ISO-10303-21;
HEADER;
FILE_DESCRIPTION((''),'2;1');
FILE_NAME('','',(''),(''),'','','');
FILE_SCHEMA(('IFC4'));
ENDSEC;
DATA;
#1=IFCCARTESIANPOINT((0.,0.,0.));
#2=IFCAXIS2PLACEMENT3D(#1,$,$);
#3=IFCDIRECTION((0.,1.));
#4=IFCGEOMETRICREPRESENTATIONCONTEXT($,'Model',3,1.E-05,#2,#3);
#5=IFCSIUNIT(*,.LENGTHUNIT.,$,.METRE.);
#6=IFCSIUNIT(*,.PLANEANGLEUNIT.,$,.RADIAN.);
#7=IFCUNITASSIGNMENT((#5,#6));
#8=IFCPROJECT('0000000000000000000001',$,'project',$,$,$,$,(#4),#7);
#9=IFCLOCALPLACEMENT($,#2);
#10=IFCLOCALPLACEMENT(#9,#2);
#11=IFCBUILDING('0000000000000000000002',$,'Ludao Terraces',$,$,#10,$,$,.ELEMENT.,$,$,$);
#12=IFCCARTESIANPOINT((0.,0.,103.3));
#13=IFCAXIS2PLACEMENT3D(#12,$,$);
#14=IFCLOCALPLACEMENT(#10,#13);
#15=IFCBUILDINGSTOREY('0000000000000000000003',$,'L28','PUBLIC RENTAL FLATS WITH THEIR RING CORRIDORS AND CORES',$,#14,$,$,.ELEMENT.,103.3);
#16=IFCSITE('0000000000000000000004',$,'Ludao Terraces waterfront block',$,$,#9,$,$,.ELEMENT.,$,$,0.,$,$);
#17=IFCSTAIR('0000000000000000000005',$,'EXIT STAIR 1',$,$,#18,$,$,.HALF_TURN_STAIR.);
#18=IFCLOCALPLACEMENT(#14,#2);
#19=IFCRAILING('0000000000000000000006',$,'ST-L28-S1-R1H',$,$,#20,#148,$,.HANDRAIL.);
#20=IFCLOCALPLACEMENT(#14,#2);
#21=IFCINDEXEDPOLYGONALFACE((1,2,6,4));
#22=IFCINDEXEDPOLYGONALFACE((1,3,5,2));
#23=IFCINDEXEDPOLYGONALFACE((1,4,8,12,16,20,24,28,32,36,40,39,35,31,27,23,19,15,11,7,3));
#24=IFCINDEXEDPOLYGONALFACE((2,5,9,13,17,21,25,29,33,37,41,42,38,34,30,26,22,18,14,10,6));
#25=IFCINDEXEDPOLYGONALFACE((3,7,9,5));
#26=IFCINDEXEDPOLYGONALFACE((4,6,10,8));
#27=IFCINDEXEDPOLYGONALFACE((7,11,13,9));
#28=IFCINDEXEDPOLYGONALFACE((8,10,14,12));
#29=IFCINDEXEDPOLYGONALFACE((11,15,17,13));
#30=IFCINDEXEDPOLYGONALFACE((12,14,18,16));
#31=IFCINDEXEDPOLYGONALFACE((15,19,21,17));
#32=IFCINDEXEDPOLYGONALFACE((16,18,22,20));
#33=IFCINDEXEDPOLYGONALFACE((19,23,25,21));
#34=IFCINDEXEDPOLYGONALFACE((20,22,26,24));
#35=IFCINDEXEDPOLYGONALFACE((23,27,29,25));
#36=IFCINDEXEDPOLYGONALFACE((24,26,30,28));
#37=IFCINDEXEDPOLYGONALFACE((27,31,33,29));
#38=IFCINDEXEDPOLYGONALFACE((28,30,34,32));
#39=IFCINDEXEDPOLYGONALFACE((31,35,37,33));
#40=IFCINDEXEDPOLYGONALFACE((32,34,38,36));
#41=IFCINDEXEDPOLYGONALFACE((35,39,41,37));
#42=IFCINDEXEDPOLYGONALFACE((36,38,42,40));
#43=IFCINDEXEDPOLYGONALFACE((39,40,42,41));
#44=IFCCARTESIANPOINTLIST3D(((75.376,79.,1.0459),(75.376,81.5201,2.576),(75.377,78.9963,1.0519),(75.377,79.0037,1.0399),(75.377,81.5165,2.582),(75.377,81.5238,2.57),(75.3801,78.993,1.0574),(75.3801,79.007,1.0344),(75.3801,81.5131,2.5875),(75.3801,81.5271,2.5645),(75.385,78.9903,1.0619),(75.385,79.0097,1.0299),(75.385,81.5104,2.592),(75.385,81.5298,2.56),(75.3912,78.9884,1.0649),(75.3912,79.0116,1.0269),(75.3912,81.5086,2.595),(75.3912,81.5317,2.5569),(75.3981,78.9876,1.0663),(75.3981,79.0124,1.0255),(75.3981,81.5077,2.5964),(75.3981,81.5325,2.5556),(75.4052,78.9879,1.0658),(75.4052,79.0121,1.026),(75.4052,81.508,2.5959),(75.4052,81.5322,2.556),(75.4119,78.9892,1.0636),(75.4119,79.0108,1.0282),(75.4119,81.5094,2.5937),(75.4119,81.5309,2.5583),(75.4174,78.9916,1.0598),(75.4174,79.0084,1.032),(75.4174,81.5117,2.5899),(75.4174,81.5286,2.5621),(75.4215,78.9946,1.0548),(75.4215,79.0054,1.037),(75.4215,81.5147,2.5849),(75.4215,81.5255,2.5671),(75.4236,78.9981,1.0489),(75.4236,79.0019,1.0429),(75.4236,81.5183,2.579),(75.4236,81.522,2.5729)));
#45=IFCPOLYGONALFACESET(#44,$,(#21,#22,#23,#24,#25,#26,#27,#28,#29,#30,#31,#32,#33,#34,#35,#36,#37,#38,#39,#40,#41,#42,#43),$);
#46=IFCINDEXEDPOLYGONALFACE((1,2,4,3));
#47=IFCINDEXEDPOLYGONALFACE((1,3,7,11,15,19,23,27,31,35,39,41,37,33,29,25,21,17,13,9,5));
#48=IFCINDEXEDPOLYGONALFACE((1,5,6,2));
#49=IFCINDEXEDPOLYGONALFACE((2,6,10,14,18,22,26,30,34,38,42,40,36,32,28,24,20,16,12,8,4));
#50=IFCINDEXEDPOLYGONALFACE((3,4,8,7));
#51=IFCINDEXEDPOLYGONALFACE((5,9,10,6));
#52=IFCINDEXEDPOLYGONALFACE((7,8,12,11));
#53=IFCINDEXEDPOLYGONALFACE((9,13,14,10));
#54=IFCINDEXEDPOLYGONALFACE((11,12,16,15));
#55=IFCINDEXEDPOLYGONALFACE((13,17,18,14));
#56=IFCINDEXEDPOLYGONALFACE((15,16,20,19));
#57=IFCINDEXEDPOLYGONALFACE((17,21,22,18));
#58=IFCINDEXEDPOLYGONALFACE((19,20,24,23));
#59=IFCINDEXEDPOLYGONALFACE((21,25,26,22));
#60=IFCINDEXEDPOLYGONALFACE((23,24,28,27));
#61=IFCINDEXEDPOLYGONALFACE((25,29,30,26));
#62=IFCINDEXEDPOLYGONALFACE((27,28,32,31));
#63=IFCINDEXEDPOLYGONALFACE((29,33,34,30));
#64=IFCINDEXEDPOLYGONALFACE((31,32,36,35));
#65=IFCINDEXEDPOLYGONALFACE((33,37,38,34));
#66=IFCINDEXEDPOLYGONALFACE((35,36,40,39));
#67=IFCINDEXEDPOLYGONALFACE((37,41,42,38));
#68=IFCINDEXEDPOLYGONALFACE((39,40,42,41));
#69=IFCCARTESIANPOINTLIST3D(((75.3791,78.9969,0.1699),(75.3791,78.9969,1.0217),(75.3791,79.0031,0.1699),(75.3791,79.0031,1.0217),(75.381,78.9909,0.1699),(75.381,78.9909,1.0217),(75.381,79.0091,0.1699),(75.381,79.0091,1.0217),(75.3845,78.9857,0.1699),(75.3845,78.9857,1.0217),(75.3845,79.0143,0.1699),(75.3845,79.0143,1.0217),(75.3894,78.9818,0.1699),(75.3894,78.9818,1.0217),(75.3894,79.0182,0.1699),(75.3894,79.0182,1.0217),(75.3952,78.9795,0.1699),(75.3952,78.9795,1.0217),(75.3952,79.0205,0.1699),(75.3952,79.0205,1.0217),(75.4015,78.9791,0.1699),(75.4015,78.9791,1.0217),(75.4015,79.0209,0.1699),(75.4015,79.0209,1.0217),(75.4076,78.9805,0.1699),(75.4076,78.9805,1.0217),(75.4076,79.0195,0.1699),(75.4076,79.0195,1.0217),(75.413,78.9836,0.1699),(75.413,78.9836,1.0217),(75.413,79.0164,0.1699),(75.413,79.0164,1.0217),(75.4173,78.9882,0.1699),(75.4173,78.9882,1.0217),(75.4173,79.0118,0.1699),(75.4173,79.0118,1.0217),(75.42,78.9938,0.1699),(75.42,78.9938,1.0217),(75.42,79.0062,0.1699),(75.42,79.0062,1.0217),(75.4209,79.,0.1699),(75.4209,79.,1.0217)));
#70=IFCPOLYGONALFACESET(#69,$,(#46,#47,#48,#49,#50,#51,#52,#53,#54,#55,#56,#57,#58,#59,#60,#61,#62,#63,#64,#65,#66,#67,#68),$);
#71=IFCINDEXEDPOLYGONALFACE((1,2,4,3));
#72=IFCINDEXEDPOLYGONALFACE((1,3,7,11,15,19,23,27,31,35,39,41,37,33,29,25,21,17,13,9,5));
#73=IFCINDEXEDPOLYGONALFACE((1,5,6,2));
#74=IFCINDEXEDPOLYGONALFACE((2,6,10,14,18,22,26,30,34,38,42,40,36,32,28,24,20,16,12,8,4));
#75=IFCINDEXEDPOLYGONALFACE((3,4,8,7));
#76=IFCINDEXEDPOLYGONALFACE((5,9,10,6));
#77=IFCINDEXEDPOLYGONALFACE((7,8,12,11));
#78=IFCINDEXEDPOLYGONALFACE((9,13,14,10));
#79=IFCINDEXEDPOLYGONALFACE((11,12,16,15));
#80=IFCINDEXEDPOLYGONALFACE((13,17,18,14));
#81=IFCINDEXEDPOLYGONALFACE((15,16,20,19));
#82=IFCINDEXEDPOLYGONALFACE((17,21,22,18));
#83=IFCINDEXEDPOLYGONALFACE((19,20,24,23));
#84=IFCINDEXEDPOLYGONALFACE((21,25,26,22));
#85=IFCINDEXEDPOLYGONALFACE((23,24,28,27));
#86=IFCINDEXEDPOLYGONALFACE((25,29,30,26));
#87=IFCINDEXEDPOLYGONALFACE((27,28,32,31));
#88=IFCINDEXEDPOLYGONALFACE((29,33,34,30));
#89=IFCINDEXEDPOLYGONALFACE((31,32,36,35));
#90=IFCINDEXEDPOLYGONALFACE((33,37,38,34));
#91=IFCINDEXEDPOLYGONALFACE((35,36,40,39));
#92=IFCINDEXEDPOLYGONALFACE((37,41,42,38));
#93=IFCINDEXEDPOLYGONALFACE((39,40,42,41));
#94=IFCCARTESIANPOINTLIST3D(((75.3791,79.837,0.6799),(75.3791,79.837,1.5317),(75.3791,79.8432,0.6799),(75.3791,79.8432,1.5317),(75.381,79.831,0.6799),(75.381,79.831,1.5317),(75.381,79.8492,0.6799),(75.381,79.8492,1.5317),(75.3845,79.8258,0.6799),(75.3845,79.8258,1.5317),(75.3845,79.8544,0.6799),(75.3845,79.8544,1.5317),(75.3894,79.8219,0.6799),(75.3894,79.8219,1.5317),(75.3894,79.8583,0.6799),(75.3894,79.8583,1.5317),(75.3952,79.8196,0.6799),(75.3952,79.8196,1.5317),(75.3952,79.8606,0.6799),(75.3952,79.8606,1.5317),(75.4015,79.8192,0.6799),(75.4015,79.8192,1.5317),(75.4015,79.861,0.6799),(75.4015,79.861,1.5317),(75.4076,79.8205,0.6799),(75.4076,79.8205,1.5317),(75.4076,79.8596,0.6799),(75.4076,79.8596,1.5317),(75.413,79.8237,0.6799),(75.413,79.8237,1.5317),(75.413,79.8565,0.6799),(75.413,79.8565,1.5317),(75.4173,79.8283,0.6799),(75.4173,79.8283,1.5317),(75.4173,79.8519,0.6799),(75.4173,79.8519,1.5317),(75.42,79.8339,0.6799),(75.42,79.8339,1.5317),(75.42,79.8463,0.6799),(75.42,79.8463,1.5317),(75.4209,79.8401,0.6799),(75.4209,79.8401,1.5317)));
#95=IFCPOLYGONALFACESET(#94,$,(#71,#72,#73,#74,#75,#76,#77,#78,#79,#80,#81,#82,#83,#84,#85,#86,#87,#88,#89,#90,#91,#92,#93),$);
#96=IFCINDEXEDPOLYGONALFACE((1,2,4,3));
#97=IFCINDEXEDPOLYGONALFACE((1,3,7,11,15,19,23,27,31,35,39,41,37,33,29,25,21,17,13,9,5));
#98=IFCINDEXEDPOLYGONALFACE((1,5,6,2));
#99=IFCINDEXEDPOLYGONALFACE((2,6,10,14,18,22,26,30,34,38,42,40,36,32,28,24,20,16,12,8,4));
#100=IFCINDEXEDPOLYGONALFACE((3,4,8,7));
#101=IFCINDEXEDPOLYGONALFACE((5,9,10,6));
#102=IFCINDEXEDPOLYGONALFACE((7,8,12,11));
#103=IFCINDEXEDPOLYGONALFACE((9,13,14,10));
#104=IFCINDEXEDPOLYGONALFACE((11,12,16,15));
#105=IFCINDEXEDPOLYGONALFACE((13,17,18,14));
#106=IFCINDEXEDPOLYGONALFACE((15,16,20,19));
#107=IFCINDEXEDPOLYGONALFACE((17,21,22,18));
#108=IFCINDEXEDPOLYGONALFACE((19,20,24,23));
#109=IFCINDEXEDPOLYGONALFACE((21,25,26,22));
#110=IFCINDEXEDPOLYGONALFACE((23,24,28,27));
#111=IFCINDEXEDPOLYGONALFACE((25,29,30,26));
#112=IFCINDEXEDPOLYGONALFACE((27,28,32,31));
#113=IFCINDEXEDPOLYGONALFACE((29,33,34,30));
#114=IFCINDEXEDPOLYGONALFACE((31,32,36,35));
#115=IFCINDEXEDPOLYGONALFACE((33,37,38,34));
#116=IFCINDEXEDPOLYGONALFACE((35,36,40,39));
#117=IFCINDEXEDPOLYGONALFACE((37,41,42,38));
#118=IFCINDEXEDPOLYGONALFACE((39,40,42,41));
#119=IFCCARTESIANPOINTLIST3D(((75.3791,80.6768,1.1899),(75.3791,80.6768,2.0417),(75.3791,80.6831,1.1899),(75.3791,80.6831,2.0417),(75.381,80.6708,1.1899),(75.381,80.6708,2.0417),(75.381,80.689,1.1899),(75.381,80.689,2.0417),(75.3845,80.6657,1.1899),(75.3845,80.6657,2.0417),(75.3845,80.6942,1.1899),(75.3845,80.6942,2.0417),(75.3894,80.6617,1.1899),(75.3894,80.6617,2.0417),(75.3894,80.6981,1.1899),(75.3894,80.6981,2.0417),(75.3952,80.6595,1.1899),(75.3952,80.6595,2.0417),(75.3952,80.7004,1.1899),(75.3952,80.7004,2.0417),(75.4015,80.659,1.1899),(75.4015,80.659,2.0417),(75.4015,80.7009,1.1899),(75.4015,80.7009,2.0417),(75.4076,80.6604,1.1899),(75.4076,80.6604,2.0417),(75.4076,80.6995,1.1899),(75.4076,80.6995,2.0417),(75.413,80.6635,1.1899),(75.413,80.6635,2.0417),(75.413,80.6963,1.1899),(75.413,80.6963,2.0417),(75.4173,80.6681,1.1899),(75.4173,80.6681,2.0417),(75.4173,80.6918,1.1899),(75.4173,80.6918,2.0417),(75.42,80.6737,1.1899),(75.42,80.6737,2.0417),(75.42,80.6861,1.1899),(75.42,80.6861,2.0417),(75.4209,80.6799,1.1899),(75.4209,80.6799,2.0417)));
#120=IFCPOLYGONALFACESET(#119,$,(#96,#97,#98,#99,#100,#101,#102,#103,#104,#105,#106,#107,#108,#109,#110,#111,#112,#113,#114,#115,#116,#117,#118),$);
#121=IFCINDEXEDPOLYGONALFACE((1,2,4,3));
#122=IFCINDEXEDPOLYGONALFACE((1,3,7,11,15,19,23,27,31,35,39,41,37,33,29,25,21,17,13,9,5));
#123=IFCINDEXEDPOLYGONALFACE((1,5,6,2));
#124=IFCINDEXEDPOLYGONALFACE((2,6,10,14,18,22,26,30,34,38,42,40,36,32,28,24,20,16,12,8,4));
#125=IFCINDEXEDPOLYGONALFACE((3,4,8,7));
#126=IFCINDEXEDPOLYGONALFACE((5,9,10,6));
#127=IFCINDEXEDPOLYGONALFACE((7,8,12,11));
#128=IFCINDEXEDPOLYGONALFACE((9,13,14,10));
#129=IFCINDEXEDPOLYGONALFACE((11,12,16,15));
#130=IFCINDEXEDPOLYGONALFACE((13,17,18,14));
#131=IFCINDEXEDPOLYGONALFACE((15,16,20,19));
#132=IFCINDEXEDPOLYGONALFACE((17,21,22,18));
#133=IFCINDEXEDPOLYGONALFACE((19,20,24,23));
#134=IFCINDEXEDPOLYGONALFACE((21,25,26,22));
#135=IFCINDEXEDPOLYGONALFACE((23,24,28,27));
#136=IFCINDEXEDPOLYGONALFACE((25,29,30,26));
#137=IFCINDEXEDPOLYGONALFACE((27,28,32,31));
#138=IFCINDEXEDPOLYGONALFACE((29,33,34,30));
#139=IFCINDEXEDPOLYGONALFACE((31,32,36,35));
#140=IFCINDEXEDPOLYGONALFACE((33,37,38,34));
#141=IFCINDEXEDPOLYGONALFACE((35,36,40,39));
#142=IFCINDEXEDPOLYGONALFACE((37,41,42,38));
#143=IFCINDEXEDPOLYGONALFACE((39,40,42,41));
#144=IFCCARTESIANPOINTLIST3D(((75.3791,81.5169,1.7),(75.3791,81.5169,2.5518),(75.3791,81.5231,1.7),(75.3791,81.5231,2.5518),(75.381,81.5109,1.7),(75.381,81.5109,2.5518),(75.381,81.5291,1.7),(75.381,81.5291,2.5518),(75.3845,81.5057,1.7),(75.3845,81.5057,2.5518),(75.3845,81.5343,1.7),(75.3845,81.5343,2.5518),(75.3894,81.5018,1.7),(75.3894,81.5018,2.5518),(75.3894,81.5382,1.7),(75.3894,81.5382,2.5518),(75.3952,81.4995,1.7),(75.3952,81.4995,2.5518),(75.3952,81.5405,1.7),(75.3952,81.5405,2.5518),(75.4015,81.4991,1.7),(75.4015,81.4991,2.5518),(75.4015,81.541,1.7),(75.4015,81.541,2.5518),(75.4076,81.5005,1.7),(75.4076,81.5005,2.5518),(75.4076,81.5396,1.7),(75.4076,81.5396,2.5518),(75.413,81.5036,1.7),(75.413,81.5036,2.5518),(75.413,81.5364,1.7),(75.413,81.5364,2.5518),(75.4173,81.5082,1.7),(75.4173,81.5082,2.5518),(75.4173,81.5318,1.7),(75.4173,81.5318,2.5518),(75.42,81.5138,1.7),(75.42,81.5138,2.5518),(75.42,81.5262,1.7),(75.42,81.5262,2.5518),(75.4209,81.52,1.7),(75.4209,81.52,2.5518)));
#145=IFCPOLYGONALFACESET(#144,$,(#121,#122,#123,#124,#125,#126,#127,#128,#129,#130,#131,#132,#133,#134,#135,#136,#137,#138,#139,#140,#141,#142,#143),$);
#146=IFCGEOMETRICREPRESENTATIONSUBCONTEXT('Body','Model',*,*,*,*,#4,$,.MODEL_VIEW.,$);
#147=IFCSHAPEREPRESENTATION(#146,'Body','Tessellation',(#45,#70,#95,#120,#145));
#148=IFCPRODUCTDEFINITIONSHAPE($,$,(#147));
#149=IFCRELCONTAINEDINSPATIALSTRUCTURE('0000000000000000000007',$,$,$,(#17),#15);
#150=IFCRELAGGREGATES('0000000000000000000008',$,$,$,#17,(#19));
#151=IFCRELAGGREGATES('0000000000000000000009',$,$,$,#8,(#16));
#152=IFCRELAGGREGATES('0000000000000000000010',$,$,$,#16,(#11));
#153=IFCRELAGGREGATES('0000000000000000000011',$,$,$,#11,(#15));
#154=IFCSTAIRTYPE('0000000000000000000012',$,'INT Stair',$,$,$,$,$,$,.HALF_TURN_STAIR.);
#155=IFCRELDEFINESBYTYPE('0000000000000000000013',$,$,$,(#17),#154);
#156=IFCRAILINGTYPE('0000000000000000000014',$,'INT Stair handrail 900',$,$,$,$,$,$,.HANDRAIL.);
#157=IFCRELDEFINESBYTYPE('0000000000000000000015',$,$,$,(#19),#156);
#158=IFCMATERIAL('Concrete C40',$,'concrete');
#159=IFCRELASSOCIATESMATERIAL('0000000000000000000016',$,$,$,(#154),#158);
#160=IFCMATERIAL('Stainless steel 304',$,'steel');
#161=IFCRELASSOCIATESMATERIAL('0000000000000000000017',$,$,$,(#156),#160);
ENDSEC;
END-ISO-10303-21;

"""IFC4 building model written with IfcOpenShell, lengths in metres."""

from ifc_helpers import new_model, si_unit, direction, frame, origin, origin_2d, place, context, subcontext, project, spatial, circle, extrude, material, type_object, element, aggregate, save


model = new_model("IFC4")

# Units and contexts
model_context = context("Model", 3, precision=1e-05, world=origin(), true_north=direction((0.0, 1.0)))
body_context = subcontext(model_context, "Body", "Model", "MODEL_VIEW")
ifc_project = project(units=[si_unit("LENGTHUNIT", "METRE"), si_unit("PLANEANGLEUNIT", "RADIAN")], contexts=[model_context])

# Site, building, storey
site_placement = place(None, origin())
site = spatial("IfcSite", under=ifc_project, at=site_placement, Name="Ludao Terraces waterfront block", CompositionType="ELEMENT", RefElevation=0.0)
building_placement = place(site_placement, origin())
building = spatial("IfcBuilding", under=site, at=building_placement, Name="Ludao Terraces", CompositionType="ELEMENT")
storey_placement = place(building_placement, frame((0.0, 0.0, 103.3)))
storey = spatial("IfcBuildingStorey", under=building, at=storey_placement, Name="L28", Description="PUBLIC RENTAL FLATS WITH THEIR RING CORRIDORS AND CORES", CompositionType="ELEMENT", Elevation=103.3)

# Stair, railing
ifc_material_1 = material(Name="Concrete C40", Category="concrete")
stair_type = type_object("IfcStairType", Name="INT Stair", PredefinedType="HALF_TURN_STAIR", material=ifc_material_1)
stair_placement = place(storey_placement, origin())
stair = element("IfcStair", 1, at=stair_placement, inside=storey, type_object=stair_type, Name="EXIT STAIR 1", PredefinedType="HALF_TURN_STAIR")
ifc_material_2 = material(Name="Stainless steel 304", Category="steel")
railing_type_1 = type_object("IfcRailingType", Name="INT Stair handrail 900", PredefinedType="HANDRAIL", material=ifc_material_2)
railing_1_placement = place(storey_placement, frame((75.3999, 79.0, 0.1699)))
railing_1 = element("IfcRailing", 2, at=railing_1_placement, type_object=railing_type_1, Name="ST-L28-S1-R1H", PredefinedType="HANDRAIL", context=body_context, shape_type="SweptSolid", body=[
    extrude(circle(Radius=0.0239, at=origin_2d()), frame((0.0, 0.0, 0.876), z_axis=(0.0, 0.854785, 0.518982), x_axis=(-1.0, 0.0, 0.0)), (0.0, 0.0, 1.0), 2.9482),
    extrude(circle(Radius=0.021, at=origin_2d()), origin(), (0.0, 0.0, 1.0), 0.8518),
    extrude(circle(Radius=0.021, at=origin_2d()), frame((0.0, 0.8401, 0.51)), (0.0, 0.0, 1.0), 0.8518),
    extrude(circle(Radius=0.021, at=origin_2d()), frame((0.0, 1.6799, 1.02)), (0.0, 0.0, 1.0), 0.8518),
    extrude(circle(Radius=0.021, at=origin_2d()), frame((0.0, 2.52, 1.53)), (0.0, 0.0, 1.0), 0.8518),
])
aggregate(stair, [railing_1])

save(model, "model.ifc")
